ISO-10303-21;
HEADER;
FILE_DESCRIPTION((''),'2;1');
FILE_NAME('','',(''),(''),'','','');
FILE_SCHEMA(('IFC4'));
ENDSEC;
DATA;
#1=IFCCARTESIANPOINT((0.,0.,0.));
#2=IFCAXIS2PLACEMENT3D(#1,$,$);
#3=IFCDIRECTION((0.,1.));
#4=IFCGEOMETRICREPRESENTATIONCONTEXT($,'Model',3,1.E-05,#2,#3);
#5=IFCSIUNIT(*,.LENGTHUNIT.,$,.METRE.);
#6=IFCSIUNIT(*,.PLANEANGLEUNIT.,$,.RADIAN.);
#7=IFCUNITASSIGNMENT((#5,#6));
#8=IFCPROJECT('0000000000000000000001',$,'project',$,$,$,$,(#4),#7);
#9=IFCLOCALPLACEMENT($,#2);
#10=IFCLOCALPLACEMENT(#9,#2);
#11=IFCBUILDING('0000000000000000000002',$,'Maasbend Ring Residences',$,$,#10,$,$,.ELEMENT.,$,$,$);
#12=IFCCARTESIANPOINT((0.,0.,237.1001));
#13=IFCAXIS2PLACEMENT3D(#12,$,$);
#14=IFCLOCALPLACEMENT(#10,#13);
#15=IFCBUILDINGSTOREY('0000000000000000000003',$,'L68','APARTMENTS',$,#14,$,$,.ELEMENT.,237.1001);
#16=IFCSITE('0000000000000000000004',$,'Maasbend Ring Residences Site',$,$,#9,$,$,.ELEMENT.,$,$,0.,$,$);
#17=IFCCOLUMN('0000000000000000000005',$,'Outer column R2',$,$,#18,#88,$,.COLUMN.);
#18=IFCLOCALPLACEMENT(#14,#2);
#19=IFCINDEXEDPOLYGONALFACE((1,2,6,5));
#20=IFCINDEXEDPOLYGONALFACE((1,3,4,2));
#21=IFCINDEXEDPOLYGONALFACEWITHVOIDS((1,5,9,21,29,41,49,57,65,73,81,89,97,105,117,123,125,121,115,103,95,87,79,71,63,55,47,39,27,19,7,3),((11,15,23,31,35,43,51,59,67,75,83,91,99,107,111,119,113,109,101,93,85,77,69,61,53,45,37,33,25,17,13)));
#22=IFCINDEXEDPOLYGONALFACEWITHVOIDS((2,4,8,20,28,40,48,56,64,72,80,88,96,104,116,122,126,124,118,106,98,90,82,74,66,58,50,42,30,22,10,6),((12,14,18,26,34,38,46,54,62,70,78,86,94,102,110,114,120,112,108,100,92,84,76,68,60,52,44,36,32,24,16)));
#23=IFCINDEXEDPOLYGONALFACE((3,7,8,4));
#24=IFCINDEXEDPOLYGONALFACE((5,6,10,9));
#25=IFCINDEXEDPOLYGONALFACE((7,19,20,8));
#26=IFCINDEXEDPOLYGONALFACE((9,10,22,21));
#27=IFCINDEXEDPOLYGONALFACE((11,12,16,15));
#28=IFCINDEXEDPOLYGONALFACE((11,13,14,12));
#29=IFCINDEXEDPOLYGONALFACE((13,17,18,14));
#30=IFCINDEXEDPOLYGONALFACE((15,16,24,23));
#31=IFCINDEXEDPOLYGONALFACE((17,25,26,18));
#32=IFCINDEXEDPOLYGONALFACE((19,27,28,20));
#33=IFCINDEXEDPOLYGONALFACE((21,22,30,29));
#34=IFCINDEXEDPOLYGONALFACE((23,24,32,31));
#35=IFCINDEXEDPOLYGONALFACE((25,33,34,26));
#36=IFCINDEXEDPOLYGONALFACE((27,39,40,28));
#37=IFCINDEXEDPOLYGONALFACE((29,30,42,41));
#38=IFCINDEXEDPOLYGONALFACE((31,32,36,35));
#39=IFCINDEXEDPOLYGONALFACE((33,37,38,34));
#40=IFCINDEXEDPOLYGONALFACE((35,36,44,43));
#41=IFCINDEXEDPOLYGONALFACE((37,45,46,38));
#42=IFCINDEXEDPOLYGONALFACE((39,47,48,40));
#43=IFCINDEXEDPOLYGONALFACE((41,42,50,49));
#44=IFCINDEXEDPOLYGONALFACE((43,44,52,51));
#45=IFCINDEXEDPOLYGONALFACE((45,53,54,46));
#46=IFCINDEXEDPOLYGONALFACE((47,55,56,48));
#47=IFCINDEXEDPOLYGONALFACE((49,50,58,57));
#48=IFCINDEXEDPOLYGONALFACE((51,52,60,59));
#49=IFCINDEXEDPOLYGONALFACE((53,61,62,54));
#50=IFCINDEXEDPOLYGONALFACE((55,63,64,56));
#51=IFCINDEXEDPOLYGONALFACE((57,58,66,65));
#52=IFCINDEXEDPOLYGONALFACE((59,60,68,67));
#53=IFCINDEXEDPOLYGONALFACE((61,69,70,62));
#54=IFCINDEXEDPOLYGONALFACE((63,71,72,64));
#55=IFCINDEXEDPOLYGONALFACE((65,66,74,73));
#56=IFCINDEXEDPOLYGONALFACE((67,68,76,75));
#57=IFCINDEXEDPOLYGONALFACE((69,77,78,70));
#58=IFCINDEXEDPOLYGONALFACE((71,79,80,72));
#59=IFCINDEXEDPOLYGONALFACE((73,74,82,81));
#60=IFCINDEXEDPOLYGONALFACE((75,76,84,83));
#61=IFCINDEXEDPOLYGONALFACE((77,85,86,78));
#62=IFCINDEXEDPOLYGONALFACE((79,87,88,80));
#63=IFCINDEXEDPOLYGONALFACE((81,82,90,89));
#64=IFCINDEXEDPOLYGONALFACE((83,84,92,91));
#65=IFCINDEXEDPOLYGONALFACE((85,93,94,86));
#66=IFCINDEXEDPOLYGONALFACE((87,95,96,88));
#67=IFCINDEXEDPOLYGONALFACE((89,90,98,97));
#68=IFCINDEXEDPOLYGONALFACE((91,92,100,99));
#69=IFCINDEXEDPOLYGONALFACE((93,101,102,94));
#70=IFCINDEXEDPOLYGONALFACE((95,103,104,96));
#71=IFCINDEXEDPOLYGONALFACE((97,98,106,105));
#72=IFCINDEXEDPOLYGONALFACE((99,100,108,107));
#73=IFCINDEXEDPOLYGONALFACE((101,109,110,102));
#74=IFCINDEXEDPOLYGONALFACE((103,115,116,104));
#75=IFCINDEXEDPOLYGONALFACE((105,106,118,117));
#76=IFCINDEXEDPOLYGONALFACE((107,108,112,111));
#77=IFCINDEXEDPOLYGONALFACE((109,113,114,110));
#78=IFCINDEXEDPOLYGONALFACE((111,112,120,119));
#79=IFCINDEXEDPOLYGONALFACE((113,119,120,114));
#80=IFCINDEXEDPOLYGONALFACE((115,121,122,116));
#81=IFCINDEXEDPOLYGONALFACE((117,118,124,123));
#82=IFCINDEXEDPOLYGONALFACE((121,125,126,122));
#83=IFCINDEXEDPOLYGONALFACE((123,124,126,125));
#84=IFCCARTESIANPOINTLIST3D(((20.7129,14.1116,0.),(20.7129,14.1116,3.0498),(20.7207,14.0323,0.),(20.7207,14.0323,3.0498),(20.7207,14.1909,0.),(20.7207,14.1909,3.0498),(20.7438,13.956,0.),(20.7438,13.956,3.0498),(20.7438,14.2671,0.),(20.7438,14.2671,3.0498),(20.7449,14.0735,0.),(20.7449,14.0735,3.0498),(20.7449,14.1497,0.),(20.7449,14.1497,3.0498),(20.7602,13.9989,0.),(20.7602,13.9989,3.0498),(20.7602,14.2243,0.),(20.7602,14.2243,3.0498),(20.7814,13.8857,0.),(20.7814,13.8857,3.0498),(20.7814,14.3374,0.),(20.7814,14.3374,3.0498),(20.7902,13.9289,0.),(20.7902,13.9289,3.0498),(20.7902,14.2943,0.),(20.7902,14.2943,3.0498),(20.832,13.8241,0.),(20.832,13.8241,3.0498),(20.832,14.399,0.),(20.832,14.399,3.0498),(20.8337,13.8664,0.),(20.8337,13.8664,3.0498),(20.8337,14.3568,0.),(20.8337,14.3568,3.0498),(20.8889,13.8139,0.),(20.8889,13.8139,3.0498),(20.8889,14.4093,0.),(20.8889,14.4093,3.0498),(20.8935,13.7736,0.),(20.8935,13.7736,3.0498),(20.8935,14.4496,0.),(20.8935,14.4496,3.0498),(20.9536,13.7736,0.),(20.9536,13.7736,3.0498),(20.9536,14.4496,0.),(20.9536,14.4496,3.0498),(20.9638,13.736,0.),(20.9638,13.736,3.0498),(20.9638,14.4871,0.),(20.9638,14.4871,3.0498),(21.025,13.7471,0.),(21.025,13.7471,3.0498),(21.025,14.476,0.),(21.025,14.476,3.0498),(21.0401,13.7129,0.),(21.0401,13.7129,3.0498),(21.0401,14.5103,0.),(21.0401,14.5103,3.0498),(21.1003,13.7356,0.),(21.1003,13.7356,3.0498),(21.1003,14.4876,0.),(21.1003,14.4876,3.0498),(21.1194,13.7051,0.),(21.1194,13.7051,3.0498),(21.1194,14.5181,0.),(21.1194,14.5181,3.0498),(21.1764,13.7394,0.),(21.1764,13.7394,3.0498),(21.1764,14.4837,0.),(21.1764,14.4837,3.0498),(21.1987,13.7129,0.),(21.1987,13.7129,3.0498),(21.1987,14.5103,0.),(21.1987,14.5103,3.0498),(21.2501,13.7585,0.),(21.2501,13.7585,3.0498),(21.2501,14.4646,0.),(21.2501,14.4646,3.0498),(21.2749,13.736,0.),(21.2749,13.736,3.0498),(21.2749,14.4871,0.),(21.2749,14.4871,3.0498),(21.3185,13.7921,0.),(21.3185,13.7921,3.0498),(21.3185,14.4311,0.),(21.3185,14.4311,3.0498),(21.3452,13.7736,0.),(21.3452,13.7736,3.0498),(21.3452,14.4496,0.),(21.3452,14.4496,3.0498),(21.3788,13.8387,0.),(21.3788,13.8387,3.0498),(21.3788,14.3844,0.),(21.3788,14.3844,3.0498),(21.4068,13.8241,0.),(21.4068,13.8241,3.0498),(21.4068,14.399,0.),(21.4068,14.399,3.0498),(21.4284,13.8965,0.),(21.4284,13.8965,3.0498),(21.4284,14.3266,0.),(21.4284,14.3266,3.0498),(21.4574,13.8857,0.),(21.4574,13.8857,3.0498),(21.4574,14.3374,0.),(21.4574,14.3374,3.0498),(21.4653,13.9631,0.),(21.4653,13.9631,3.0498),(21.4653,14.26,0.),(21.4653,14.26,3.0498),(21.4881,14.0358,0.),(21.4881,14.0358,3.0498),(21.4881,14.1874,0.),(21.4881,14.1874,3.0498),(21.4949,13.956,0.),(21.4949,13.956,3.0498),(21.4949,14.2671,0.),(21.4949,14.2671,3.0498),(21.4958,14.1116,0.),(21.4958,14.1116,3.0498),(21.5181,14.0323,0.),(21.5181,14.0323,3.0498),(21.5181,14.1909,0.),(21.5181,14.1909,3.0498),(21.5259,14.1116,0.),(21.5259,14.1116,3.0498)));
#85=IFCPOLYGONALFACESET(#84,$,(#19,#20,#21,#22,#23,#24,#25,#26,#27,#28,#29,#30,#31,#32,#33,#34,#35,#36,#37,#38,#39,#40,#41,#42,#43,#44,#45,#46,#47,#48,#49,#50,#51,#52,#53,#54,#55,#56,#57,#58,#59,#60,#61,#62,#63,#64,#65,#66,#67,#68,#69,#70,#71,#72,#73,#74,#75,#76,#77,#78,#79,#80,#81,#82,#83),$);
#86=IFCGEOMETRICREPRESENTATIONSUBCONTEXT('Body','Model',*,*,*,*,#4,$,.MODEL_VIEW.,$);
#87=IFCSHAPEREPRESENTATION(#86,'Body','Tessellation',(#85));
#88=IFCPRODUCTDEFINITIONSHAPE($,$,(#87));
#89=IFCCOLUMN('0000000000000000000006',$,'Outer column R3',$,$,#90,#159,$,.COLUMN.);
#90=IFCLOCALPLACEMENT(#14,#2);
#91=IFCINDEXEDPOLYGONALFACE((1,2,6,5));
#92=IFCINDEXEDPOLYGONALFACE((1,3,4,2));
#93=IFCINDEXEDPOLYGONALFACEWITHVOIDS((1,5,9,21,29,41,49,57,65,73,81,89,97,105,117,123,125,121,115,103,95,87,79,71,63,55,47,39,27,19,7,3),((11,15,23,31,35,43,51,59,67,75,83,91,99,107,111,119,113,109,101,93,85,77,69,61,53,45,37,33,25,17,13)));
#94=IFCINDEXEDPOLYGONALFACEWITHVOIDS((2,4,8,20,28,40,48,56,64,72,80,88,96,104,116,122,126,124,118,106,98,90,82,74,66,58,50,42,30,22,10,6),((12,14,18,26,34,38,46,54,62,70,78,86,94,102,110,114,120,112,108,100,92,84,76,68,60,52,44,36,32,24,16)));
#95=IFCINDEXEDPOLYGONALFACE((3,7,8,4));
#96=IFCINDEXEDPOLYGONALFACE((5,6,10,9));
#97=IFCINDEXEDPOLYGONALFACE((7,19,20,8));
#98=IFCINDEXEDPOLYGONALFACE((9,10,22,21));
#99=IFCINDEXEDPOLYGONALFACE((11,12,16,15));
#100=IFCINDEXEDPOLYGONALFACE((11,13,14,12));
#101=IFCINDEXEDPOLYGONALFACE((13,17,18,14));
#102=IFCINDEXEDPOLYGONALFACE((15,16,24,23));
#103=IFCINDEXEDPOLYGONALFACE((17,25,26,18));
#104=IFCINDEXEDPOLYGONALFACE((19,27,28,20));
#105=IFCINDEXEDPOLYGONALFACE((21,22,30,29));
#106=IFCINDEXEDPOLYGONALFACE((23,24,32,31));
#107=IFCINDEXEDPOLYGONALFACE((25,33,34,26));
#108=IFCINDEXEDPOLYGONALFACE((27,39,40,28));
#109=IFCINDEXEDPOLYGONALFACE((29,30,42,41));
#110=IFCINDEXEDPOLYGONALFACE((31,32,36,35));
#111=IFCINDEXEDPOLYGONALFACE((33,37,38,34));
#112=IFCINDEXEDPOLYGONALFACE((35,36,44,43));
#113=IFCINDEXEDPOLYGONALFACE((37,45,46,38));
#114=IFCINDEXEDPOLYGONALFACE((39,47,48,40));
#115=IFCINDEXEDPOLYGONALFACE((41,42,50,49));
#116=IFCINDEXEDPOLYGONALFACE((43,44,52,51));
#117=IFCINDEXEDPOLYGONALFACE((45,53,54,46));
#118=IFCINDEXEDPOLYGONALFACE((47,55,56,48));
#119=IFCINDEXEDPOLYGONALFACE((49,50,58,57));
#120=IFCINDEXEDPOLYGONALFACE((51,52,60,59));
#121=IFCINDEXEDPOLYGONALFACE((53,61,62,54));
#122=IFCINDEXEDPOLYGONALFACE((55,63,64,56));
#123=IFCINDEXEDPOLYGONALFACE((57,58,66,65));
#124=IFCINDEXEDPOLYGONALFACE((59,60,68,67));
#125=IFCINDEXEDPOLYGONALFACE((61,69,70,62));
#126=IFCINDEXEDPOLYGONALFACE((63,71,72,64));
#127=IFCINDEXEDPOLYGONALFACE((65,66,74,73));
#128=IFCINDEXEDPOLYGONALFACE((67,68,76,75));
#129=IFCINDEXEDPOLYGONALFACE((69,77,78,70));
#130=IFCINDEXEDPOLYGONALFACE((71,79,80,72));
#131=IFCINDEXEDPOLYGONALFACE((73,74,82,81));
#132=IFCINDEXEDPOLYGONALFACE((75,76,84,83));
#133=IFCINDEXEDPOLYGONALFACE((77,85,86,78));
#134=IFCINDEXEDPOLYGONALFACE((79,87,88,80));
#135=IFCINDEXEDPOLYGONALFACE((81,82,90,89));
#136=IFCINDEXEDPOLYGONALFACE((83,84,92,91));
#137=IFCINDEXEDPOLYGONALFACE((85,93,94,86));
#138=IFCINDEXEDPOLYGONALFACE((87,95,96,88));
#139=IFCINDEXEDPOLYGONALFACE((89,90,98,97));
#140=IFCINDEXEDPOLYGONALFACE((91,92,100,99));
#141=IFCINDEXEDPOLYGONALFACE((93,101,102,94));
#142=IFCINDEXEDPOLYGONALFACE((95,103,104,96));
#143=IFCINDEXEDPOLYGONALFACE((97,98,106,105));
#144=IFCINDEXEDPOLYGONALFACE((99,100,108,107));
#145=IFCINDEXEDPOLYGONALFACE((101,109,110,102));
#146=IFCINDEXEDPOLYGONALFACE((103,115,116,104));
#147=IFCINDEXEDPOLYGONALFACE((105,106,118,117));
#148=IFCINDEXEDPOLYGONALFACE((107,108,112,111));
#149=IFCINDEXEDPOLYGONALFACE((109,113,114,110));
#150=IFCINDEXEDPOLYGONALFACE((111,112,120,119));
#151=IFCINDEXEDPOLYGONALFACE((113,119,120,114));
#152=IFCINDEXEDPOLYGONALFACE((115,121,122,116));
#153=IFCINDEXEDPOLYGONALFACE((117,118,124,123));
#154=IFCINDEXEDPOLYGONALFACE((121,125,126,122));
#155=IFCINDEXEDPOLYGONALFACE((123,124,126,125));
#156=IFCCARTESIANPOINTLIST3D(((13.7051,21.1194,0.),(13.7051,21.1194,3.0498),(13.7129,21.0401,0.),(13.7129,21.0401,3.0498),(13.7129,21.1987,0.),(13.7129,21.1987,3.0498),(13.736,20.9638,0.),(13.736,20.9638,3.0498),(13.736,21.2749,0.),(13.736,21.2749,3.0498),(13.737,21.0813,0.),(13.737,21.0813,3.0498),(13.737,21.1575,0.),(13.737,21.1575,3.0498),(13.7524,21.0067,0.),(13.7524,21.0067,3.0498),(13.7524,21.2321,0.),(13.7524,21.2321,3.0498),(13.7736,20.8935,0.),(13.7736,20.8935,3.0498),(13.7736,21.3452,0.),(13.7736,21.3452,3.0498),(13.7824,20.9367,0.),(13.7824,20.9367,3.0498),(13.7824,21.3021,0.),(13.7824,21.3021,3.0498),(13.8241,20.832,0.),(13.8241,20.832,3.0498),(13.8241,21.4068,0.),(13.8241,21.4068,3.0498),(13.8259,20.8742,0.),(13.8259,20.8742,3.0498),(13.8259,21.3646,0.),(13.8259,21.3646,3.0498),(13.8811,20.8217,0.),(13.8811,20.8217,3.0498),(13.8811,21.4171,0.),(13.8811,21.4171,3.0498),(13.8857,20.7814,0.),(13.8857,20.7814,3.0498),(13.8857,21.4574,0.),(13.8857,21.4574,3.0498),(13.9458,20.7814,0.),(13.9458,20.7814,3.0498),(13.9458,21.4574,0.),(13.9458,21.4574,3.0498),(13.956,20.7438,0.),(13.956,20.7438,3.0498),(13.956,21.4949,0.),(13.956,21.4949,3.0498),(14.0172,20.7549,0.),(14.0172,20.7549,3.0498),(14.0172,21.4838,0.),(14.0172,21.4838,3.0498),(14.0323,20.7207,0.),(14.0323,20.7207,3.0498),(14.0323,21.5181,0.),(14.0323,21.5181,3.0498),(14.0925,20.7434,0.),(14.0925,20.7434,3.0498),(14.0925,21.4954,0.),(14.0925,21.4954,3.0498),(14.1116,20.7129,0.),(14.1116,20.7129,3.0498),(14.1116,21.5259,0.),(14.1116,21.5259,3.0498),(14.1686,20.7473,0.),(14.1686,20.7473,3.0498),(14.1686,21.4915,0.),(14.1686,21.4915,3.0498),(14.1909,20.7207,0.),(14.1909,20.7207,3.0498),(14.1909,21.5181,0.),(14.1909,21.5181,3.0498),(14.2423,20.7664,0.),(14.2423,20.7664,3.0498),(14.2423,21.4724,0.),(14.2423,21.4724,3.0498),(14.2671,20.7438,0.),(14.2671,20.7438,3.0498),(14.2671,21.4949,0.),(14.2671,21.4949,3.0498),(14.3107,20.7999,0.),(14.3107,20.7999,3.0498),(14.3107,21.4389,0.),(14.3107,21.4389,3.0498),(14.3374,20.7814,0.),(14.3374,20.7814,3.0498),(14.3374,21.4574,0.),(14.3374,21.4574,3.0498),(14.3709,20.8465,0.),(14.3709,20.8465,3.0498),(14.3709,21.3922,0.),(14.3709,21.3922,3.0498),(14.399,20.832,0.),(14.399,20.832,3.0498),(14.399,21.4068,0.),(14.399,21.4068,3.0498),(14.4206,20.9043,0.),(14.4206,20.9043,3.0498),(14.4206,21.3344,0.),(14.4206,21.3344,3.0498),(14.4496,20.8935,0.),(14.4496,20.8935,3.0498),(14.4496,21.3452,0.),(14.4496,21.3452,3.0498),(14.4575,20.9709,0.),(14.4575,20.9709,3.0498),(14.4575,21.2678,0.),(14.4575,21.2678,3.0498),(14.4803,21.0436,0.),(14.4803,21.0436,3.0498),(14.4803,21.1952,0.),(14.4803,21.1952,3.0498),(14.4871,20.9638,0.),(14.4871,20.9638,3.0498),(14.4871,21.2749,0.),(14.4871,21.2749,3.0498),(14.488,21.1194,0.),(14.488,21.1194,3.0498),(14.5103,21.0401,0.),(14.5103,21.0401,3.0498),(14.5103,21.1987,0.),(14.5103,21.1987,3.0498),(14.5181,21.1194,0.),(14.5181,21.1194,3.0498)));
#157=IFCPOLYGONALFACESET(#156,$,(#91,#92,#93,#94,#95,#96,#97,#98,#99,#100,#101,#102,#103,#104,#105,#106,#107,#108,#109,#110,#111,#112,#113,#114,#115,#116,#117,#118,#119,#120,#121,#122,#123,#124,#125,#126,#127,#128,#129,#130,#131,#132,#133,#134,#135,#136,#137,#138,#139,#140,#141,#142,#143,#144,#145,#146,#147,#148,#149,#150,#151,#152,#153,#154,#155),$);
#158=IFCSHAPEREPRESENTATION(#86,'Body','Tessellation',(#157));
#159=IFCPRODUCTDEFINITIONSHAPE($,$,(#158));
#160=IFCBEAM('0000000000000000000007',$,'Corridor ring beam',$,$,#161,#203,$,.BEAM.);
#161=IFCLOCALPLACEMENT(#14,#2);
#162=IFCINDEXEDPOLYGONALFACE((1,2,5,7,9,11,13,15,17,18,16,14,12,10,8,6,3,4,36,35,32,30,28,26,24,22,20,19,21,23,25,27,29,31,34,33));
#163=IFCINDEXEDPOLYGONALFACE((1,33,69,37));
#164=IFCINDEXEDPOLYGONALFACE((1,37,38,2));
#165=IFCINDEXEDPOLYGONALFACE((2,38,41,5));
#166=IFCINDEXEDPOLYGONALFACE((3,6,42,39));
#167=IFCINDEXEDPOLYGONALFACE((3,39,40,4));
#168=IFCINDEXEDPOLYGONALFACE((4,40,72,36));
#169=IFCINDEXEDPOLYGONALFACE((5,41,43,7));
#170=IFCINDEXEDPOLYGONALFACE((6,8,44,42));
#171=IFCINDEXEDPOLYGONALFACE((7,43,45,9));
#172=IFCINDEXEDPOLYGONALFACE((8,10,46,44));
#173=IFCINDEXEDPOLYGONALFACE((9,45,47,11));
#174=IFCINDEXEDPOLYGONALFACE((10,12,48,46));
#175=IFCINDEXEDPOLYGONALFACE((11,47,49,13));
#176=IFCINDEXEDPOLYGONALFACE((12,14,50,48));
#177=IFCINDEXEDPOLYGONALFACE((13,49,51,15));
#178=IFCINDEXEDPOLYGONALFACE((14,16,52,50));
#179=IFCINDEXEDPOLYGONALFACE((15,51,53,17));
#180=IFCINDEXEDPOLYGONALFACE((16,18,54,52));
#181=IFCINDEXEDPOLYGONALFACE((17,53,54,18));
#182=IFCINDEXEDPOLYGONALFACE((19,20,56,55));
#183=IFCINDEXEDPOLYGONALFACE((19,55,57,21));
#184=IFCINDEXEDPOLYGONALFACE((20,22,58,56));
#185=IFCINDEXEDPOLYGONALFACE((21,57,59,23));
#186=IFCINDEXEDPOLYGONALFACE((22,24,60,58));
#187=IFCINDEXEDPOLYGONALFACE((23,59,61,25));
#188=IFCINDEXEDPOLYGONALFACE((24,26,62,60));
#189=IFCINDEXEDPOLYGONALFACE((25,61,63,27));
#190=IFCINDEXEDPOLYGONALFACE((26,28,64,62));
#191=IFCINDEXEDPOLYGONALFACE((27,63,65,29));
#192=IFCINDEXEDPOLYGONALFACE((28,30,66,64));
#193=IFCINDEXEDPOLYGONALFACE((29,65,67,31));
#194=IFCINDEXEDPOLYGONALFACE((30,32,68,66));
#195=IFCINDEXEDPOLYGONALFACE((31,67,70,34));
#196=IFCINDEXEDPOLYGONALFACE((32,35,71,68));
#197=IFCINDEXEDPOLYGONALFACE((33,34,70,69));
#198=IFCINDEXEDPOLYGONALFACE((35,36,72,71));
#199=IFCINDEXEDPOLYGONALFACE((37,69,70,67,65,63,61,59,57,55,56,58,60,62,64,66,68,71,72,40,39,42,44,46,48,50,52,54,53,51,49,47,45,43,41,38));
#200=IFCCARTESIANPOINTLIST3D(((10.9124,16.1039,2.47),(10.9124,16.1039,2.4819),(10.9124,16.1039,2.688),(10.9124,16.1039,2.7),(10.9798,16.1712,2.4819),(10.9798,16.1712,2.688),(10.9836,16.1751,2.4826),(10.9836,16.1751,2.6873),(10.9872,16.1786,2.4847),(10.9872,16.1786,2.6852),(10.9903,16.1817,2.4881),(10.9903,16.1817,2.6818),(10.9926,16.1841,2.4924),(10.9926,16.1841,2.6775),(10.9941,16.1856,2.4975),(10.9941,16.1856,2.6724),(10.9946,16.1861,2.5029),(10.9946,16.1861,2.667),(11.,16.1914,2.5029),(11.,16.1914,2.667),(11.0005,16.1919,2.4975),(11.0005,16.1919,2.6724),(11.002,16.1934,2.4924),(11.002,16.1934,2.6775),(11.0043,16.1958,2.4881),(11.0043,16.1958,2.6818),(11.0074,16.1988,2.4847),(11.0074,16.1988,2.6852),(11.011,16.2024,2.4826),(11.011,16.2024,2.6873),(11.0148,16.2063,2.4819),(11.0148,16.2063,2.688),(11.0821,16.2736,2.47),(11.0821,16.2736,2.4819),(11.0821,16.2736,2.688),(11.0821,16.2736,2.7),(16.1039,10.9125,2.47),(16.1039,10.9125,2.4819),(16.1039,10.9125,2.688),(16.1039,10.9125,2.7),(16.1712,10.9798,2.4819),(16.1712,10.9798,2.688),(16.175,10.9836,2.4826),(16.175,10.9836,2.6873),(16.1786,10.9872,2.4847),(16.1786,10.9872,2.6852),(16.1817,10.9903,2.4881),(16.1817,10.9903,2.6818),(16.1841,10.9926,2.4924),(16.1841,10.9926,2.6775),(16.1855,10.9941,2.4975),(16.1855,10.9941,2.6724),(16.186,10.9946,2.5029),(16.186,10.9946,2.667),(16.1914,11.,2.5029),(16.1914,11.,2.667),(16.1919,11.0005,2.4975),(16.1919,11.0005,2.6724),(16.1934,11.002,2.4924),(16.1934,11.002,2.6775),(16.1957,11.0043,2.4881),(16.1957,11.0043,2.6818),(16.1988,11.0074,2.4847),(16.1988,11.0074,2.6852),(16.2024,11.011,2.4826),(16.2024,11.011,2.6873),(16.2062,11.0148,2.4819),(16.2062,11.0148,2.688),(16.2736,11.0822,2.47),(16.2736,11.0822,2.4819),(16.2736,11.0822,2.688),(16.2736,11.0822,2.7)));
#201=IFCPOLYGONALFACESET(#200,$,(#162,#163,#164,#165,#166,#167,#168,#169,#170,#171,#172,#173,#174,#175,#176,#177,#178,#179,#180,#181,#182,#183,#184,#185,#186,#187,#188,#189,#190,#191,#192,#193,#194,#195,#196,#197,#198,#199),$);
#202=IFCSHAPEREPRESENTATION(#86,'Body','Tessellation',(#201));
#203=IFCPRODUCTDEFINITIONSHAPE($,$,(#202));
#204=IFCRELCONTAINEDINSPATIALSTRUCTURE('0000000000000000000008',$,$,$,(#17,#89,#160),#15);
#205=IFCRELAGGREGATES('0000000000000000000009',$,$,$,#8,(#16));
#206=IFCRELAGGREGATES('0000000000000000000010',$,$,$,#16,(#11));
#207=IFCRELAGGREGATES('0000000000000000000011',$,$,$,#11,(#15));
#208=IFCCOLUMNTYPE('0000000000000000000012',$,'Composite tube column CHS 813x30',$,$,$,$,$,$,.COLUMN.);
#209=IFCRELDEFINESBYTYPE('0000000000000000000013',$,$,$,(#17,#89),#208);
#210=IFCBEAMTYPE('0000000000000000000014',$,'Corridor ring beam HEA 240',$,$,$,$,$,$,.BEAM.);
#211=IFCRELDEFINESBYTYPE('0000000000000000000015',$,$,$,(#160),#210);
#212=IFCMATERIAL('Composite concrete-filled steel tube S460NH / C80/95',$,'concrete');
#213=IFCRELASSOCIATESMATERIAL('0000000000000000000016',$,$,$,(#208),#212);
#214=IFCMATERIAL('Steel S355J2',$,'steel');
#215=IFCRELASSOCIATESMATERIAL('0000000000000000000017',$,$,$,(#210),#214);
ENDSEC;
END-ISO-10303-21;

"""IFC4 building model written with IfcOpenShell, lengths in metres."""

from ifc_helpers import new_model, si_unit, direction, frame, origin, origin_2d, place, context, subcontext, project, spatial, hollow_circle, i_section, extrude, material, material_profile, profile_set, type_object, element, save


model = new_model("IFC4")

# Units and contexts
model_context = context("Model", 3, precision=1e-05, world=origin(), true_north=direction((0.0, 1.0)))
body_context = subcontext(model_context, "Body", "Model", "MODEL_VIEW")
ifc_project = project(units=[si_unit("LENGTHUNIT", "METRE"), si_unit("PLANEANGLEUNIT", "RADIAN")], contexts=[model_context])

# Site, building, storey
site_placement = place(None, origin())
site = spatial("IfcSite", under=ifc_project, at=site_placement, Name="Maasbend Ring Residences Site", CompositionType="ELEMENT", RefElevation=0.0)
building_placement = place(site_placement, origin())
building = spatial("IfcBuilding", under=site, at=building_placement, Name="Maasbend Ring Residences", CompositionType="ELEMENT")
storey_placement = place(building_placement, frame((0.0, 0.0, 237.1001)))
storey = spatial("IfcBuildingStorey", under=building, at=storey_placement, Name="L68", Description="APARTMENTS", CompositionType="ELEMENT", Elevation=237.1001)

# Columns
ifc_material_1 = material(Name="Composite concrete-filled steel tube S460NH / C80/95", Category="concrete")
ifc_material_profile_1 = material_profile(ifc_material_1, hollow_circle(Radius=0.4065, WallThickness=0.03, at=origin_2d()), Name="Composite tube column CHS 813x30")
ifc_profile_set_1 = profile_set([ifc_material_profile_1], Name="Composite concrete-filled steel tube S460NH / C80/95")
column_type = type_object("IfcColumnType", Name="Composite tube column CHS 813x30", PredefinedType="COLUMN", material=ifc_profile_set_1)
for number, where, z_axis, x_axis, name in (
    (1, (21.1194, 14.1116, 0.0), (0.0, 0.0, 1.0), (1.0, 0.0, 0.0), "Outer column R2"),
    (2, (14.1116, 21.1194, 0.0), (0.0, 0.0, 1.0), (1.0, 0.0, 0.0), "Outer column R3"),
):
    element("IfcColumn", number, at=place(storey_placement, frame(where, z_axis=z_axis, x_axis=x_axis)), inside=storey, type_object=column_type, Name=name, PredefinedType="COLUMN", context=body_context, shape_type="SweptSolid", body=[
        extrude(hollow_circle(Radius=0.4065, WallThickness=0.03, at=origin_2d()), origin(), (0.0, 0.0, 1.0), 3.0498),
    ])

# Beam
ifc_material_2 = material(Name="Steel S355J2", Category="steel")
ifc_material_profile_2 = material_profile(ifc_material_2, i_section(OverallWidth=0.24, OverallDepth=0.23, WebThickness=0.0076, FlangeThickness=0.012, FilletRadius=0.021, at=origin_2d()), Name="HEA 240")
ifc_profile_set_2 = profile_set([ifc_material_profile_2], Name="Steel S355J2")
beam_type_1 = type_object("IfcBeamType", Name="Corridor ring beam HEA 240", PredefinedType="BEAM", material=ifc_profile_set_2)
beam_1_placement = place(storey_placement, frame((16.1887, 10.9973, 2.585), z_axis=(-0.707107, 0.707107, 0.0), x_axis=(-0.707107, -0.707107, 0.0)))
element("IfcBeam", 3, at=beam_1_placement, inside=storey, type_object=beam_type_1, Name="Corridor ring beam", PredefinedType="BEAM", context=body_context, shape_type="SweptSolid", body=[
    extrude(i_section(OverallWidth=0.24, OverallDepth=0.23, WebThickness=0.0076, FlangeThickness=0.012, FilletRadius=0.021, at=origin_2d()), origin(), (0.0, 0.0, 1.0), 7.3418),
])

save(model, "model.ifc")
